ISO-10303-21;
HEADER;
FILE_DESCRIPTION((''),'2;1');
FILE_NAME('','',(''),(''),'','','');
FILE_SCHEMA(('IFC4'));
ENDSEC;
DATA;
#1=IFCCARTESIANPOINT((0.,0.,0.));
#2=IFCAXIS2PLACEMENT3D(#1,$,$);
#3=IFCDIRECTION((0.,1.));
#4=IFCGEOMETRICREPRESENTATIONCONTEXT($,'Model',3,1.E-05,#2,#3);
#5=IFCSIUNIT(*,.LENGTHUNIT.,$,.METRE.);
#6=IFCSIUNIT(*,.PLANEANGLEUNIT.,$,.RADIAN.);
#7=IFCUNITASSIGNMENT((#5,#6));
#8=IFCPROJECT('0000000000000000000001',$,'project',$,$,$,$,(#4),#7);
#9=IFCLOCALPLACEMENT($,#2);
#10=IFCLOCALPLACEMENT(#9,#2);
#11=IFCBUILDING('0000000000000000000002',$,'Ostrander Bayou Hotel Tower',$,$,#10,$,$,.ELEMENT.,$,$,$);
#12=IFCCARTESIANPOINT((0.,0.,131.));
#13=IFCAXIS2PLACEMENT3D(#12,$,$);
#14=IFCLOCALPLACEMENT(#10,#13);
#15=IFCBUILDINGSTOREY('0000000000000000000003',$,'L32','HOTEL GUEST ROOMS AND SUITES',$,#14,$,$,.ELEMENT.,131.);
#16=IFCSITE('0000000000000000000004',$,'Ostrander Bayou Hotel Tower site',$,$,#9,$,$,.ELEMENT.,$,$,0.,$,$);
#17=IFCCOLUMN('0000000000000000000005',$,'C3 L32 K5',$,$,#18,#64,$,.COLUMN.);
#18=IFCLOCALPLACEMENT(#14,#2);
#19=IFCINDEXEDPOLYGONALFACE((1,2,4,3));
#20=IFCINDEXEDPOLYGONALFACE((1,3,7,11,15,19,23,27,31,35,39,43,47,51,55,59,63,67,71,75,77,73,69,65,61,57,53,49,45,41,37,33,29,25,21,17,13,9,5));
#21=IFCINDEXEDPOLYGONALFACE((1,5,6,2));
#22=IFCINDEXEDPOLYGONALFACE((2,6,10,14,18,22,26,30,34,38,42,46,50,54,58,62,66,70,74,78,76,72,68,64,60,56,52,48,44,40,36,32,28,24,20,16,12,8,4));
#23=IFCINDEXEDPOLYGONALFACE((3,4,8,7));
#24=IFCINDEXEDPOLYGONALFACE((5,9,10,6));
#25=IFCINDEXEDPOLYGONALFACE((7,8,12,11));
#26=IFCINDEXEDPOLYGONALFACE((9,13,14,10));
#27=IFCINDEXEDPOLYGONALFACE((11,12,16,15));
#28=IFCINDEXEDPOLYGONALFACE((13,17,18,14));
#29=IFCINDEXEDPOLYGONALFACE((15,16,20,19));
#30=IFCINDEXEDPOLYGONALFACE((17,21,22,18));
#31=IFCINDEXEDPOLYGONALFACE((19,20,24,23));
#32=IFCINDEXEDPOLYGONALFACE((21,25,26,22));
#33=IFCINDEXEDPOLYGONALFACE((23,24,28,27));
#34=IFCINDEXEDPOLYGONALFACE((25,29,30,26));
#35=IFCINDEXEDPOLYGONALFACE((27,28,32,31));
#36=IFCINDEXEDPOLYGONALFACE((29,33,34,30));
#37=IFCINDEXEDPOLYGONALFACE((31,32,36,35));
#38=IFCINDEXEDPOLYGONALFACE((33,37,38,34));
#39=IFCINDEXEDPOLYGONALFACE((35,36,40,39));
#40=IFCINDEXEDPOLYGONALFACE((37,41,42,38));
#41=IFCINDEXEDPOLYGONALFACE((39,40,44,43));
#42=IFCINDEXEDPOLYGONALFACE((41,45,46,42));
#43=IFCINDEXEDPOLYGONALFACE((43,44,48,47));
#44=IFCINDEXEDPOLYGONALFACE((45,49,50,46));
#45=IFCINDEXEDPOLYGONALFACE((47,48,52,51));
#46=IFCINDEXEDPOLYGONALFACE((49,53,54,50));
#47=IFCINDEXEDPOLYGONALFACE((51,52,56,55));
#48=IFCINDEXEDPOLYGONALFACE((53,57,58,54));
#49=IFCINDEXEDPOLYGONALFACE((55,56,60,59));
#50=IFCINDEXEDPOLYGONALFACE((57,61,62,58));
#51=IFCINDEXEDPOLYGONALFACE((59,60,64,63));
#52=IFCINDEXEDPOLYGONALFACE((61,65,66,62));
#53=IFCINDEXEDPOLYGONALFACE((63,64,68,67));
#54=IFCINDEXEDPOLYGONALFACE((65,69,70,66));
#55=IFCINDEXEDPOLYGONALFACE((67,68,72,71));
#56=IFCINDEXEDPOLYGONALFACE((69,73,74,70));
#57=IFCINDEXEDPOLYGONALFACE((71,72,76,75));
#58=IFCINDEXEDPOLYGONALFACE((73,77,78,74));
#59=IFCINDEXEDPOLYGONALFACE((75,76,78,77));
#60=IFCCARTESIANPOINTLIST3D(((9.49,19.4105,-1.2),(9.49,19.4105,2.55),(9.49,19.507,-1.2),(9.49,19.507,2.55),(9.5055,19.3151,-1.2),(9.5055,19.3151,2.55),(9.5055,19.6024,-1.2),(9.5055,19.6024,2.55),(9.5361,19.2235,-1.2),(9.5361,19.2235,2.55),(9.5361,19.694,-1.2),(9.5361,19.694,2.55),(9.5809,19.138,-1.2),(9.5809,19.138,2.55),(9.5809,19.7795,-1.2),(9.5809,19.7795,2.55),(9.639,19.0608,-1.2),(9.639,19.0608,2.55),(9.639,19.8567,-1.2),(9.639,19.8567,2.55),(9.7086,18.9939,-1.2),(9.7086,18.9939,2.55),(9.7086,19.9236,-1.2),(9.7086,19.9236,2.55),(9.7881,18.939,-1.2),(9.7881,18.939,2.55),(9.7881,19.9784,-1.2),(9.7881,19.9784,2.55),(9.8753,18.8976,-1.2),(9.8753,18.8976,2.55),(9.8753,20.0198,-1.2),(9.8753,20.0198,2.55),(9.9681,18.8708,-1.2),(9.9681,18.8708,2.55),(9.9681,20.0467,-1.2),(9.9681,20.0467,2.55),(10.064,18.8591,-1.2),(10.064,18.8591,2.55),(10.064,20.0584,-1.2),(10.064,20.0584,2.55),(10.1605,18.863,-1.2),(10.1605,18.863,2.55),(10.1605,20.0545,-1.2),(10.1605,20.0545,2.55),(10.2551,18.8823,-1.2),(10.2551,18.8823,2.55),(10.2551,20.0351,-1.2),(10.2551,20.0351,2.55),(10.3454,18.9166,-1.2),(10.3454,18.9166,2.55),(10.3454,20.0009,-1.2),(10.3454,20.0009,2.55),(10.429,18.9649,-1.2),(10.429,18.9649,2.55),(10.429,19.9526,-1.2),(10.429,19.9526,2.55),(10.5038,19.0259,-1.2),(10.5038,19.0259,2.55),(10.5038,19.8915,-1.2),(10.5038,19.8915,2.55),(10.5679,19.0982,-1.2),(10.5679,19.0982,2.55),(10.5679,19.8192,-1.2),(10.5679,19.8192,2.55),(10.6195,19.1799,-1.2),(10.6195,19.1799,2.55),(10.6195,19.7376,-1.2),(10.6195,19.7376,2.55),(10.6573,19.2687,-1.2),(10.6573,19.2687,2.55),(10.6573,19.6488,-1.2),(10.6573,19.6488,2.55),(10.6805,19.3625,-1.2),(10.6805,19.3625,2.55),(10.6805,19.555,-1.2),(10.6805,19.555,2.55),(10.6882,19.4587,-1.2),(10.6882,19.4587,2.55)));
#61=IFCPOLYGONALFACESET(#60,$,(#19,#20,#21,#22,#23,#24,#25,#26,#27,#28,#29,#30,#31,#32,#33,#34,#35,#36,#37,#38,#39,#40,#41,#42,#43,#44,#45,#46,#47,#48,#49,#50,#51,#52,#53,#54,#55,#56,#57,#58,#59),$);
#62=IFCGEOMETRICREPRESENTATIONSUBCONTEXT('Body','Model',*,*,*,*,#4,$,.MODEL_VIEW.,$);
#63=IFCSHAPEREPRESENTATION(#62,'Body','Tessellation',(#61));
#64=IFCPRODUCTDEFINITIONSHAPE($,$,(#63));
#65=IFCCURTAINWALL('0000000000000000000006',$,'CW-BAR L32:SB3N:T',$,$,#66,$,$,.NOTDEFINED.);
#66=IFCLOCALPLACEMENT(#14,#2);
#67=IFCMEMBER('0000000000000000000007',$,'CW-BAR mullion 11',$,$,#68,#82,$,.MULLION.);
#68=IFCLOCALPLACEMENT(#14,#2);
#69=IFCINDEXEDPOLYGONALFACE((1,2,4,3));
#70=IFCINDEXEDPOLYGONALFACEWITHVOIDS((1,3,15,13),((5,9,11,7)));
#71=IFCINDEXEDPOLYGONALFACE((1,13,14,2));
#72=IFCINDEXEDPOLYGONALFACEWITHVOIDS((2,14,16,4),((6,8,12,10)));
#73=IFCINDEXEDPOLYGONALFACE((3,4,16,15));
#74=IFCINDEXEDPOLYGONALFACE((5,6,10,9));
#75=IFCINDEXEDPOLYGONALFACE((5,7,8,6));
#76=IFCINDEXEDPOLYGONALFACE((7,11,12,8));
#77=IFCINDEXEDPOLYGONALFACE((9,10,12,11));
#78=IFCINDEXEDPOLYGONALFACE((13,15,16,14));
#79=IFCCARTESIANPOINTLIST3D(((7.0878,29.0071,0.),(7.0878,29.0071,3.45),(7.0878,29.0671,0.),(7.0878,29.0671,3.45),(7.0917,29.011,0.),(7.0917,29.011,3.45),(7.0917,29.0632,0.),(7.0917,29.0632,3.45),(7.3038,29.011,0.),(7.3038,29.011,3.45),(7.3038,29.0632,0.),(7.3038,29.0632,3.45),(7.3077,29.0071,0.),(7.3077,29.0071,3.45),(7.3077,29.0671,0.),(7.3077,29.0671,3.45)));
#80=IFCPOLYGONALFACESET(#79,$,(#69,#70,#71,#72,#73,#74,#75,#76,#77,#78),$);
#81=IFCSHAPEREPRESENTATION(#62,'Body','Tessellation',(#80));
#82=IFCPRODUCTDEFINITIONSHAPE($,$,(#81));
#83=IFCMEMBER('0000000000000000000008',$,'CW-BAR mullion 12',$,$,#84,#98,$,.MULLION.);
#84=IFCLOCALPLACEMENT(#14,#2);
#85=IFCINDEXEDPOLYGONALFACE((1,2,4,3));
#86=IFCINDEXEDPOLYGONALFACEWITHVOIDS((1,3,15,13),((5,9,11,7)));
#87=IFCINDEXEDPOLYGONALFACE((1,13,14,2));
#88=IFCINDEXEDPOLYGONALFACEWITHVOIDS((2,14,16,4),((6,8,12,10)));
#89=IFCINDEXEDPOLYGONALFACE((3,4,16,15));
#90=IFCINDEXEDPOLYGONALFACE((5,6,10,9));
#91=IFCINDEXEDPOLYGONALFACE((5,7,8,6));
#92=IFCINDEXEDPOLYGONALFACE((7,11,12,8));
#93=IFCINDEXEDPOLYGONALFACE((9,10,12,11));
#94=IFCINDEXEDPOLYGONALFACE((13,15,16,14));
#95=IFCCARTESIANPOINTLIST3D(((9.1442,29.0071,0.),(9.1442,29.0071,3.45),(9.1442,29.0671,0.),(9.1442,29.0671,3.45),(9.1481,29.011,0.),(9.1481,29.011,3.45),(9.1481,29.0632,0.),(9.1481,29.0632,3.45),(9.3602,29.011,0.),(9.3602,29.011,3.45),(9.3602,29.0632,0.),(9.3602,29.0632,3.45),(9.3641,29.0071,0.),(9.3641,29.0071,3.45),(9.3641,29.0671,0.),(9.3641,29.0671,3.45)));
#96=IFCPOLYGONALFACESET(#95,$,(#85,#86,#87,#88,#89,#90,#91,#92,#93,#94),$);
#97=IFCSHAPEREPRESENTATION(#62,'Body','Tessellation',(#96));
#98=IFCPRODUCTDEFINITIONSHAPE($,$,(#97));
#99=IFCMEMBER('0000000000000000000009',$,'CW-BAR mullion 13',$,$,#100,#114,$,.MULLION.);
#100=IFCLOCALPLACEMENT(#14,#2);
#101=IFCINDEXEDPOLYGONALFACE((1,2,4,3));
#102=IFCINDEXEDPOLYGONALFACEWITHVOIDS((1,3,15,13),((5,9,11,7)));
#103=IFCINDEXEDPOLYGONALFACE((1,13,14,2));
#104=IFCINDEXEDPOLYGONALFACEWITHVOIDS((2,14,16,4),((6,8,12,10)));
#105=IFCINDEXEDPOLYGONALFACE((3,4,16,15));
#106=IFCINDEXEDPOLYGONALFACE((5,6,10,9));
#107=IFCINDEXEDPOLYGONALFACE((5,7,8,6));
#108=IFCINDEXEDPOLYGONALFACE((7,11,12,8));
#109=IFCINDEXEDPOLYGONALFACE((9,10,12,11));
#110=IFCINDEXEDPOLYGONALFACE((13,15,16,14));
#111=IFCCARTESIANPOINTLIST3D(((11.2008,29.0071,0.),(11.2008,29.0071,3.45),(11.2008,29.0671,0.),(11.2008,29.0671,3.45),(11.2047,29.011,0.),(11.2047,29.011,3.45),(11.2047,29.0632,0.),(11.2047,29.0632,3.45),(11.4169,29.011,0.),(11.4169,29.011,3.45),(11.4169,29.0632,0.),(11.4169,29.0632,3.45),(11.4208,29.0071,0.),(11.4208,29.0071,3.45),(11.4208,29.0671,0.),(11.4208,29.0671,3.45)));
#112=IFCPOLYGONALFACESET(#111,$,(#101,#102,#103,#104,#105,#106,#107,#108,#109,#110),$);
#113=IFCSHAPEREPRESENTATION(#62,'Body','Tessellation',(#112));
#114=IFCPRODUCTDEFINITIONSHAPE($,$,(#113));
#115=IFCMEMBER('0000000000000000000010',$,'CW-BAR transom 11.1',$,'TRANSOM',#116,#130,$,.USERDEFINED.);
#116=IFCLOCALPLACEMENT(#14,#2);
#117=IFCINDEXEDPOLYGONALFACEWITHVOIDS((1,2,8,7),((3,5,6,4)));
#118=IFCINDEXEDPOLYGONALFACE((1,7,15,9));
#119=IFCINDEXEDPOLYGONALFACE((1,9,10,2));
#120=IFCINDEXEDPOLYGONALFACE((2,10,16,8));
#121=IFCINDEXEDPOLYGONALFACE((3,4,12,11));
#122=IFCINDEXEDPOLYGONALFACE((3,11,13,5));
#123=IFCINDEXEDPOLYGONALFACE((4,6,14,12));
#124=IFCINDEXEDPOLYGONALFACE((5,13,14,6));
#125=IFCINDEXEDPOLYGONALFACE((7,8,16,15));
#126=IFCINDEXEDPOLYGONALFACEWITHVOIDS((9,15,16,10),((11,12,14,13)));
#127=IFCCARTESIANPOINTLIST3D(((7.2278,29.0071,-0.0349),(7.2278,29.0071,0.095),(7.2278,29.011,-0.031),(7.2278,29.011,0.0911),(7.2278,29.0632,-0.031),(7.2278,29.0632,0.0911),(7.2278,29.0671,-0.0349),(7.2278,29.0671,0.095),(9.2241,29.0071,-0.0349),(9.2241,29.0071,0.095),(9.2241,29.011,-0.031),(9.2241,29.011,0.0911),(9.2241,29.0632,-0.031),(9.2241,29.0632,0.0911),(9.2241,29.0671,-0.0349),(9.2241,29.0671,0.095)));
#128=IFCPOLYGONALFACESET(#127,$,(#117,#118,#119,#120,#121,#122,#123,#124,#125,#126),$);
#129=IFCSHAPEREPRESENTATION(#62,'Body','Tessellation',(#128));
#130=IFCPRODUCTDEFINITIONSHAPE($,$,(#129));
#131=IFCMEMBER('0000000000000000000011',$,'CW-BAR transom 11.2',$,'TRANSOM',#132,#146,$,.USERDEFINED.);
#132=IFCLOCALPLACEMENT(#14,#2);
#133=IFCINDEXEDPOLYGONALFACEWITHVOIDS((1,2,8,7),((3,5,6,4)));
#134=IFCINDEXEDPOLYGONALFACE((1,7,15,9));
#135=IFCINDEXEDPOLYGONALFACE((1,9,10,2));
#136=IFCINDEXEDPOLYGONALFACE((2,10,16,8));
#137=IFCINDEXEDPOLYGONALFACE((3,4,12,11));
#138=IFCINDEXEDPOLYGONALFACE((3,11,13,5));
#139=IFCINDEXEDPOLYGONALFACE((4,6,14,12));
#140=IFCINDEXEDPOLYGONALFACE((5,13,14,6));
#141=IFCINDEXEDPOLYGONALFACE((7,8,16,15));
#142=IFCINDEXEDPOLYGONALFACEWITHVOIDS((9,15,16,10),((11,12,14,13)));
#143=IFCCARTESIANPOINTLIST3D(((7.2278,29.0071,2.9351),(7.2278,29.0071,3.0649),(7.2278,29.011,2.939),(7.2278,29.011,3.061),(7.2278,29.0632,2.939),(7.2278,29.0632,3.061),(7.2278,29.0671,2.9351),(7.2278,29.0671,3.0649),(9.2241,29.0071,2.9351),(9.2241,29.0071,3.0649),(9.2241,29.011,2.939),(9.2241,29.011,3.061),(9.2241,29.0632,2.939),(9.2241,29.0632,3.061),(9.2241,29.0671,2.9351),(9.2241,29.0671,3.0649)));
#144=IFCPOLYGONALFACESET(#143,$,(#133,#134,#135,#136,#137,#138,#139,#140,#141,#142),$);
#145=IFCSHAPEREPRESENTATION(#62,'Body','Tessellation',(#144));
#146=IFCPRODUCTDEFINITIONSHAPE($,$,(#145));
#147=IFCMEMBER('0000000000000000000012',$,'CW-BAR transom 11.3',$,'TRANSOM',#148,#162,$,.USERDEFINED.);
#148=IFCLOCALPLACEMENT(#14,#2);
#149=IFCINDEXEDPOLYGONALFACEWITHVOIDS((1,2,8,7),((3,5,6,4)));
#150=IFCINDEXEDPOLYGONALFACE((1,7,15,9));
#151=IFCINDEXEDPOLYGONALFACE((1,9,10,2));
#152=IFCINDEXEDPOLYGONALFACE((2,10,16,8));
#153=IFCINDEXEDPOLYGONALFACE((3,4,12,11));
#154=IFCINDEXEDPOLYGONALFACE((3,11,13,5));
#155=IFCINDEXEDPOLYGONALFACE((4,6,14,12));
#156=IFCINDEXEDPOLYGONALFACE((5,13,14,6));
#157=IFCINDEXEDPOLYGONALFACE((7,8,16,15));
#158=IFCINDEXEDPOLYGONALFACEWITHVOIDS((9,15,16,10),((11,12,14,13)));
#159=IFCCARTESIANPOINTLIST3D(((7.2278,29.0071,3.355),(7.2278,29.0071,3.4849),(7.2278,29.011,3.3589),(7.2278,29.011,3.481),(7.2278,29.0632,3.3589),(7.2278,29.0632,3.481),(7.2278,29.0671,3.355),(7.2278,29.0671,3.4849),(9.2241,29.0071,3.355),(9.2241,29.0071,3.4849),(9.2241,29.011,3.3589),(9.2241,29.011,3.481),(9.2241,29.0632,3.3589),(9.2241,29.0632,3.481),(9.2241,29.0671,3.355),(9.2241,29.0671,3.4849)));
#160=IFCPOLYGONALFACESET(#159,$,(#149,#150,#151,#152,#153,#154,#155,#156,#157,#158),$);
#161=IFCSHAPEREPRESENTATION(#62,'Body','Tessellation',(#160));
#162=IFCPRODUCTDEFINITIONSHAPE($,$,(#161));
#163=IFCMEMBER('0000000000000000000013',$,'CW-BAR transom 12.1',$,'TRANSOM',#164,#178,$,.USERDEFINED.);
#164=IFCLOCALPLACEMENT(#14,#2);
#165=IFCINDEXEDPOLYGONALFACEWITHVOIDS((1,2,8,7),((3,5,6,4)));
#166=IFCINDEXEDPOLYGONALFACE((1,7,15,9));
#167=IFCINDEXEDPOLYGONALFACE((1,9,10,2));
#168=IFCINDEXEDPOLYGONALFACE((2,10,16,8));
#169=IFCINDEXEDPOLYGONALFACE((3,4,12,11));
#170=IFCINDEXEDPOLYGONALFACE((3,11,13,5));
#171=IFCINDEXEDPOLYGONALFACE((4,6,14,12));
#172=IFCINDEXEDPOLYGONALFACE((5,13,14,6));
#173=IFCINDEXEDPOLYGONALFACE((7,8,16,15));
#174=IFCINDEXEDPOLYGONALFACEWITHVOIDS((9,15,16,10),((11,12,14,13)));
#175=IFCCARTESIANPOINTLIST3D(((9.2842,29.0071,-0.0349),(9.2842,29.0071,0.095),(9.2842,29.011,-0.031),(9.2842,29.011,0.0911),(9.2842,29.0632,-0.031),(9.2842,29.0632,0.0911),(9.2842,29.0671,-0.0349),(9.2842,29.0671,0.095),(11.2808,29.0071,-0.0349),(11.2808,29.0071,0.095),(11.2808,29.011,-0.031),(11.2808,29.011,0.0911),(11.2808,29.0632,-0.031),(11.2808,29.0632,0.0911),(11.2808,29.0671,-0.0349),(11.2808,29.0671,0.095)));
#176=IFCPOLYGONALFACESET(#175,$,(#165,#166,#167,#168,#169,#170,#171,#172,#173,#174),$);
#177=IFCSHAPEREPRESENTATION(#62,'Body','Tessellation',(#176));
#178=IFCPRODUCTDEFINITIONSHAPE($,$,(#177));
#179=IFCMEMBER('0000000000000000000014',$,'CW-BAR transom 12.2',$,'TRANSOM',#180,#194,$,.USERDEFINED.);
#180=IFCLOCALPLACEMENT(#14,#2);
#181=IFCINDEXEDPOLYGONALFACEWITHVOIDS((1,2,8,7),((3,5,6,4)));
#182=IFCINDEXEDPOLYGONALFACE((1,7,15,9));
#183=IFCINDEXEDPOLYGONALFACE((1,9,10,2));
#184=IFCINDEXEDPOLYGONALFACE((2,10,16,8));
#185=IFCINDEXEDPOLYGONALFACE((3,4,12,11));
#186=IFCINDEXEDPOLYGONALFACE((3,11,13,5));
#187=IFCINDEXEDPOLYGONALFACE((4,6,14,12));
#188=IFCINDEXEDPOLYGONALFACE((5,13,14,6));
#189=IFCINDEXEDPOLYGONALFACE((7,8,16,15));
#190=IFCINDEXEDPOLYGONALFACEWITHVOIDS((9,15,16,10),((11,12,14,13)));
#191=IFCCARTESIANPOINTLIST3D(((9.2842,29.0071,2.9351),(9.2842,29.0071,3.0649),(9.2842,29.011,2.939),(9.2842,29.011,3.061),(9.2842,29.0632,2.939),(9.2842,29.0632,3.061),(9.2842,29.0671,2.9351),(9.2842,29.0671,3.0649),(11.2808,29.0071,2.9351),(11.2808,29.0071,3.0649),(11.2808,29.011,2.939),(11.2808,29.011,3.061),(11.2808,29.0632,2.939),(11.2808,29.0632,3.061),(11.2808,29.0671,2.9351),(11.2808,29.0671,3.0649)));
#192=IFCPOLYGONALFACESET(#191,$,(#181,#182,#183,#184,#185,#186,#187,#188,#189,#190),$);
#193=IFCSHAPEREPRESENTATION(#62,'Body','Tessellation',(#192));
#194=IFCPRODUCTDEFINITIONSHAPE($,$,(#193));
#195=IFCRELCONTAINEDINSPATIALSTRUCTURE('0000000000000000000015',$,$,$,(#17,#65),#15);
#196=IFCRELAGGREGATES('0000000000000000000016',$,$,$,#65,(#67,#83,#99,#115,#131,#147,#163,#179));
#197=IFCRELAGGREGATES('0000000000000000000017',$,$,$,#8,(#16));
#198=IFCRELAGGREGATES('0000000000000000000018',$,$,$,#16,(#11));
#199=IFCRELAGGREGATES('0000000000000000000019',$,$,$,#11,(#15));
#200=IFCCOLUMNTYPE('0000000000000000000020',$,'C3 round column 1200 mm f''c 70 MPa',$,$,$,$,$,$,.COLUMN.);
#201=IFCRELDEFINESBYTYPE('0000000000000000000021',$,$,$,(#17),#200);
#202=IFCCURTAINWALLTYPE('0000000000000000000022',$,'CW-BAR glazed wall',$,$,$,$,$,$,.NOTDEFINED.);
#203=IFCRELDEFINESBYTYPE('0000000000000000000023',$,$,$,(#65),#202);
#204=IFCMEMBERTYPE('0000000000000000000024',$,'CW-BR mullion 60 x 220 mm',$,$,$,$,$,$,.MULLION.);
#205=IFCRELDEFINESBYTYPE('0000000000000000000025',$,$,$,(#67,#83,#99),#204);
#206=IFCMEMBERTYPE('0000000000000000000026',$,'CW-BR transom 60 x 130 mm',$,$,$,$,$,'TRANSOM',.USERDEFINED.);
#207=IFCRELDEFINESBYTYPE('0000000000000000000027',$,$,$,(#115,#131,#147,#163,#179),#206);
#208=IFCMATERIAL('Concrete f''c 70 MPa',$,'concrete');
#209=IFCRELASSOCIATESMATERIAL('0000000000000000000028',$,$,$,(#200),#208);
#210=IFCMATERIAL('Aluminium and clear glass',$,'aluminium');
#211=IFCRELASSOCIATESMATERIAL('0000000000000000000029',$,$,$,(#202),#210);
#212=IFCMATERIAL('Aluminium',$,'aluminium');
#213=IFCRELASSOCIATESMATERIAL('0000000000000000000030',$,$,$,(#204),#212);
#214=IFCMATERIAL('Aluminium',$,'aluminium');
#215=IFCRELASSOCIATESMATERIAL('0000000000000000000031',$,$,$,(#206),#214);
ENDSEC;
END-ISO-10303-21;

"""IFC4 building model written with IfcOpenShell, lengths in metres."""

from ifc_helpers import new_model, si_unit, direction, frame, origin, origin_2d, place, context, subcontext, project, spatial, hollow_rectangle, circle, extrude, material, material_profile, profile_set, type_object, element, aggregate, save


model = new_model("IFC4")

# Units and contexts
model_context = context("Model", 3, precision=1e-05, world=origin(), true_north=direction((0.0, 1.0)))
body_context = subcontext(model_context, "Body", "Model", "MODEL_VIEW")
ifc_project = project(units=[si_unit("LENGTHUNIT", "METRE"), si_unit("PLANEANGLEUNIT", "RADIAN")], contexts=[model_context])

# Site, building, storey
site_placement = place(None, origin())
site = spatial("IfcSite", under=ifc_project, at=site_placement, Name="Ostrander Bayou Hotel Tower site", CompositionType="ELEMENT", RefElevation=0.0)
building_placement = place(site_placement, origin())
building = spatial("IfcBuilding", under=site, at=building_placement, Name="Ostrander Bayou Hotel Tower", CompositionType="ELEMENT")
storey_placement = place(building_placement, frame((0.0, 0.0, 131.0)))
storey = spatial("IfcBuildingStorey", under=building, at=storey_placement, Name="L32", Description="HOTEL GUEST ROOMS AND SUITES", CompositionType="ELEMENT", Elevation=131.0)

# Column
ifc_material_1 = material(Name="Concrete f'c 70 MPa", Category="concrete")
ifc_material_profile_1 = material_profile(ifc_material_1, circle(Radius=0.6001, at=origin_2d()))
ifc_profile_set_1 = profile_set([ifc_material_profile_1], Name="Concrete f'c 70 MPa")
column_type = type_object("IfcColumnType", Name="C3 round column 1200 mm f'c 70 MPa", PredefinedType="COLUMN", material=ifc_profile_set_1)
column_placement = place(storey_placement, frame((10.0881, 19.4587, -1.2), z_axis=(0.0, 0.0, 1.0), x_axis=(1.0, 0.0, 0.0)))
element("IfcColumn", 1, at=column_placement, inside=storey, type_object=column_type, Name="C3 L32 K5", PredefinedType="COLUMN", context=body_context, shape_type="SweptSolid", body=[
    extrude(circle(Radius=0.6001, at=origin_2d()), origin(), (0.0, 0.0, 1.0), 3.75),
])

# Curtain wall, members
ifc_material_2 = material(Name="Aluminium and clear glass", Category="aluminium")
curtain_wall_type = type_object("IfcCurtainWallType", Name="CW-BAR glazed wall", PredefinedType="NOTDEFINED", material=ifc_material_2)
curtain_wall_placement = place(storey_placement, origin())
curtain_wall = element("IfcCurtainWall", 2, at=curtain_wall_placement, inside=storey, type_object=curtain_wall_type, Name="CW-BAR L32:SB3N:T", PredefinedType="NOTDEFINED")
ifc_material_3 = material(Name="Aluminium", Category="aluminium")
ifc_material_profile_2 = material_profile(ifc_material_3, hollow_rectangle(XDim=0.0601, YDim=0.22, WallThickness=0.0039, at=origin_2d()))
ifc_profile_set_2 = profile_set([ifc_material_profile_2], Name="Aluminium")
member_type_1 = type_object("IfcMemberType", Name="CW-BR mullion 60 x 220 mm", PredefinedType="MULLION", material=ifc_profile_set_2)
member_1_placement = place(storey_placement, frame((7.1978, 29.0371, 0.0), z_axis=(0.0, 0.0, 1.0), x_axis=(0.0, 1.0, 0.0)))
member_1 = element("IfcMember", 3, at=member_1_placement, type_object=member_type_1, Name="CW-BAR mullion 11", PredefinedType="MULLION", context=body_context, shape_type="SweptSolid", body=[
    extrude(hollow_rectangle(XDim=0.0601, YDim=0.22, WallThickness=0.0039, at=origin_2d()), origin(), (0.0, 0.0, 1.0), 3.45),
])
member_2_placement = place(storey_placement, frame((9.2542, 29.0371, 0.0), z_axis=(0.0, 0.0, 1.0), x_axis=(0.0, 1.0, 0.0)))
member_2 = element("IfcMember", 4, at=member_2_placement, type_object=member_type_1, Name="CW-BAR mullion 12", PredefinedType="MULLION", context=body_context, shape_type="SweptSolid", body=[
    extrude(hollow_rectangle(XDim=0.0601, YDim=0.22, WallThickness=0.0039, at=origin_2d()), origin(), (0.0, 0.0, 1.0), 3.45),
])
member_3_placement = place(storey_placement, frame((11.3108, 29.0371, 0.0), z_axis=(0.0, 0.0, 1.0), x_axis=(0.0, 1.0, 0.0)))
member_3 = element("IfcMember", 5, at=member_3_placement, type_object=member_type_1, Name="CW-BAR mullion 13", PredefinedType="MULLION", context=body_context, shape_type="SweptSolid", body=[
    extrude(hollow_rectangle(XDim=0.0601, YDim=0.22, WallThickness=0.0039, at=origin_2d()), origin(), (0.0, 0.0, 1.0), 3.45),
])
ifc_material_4 = material(Name="Aluminium", Category="aluminium")
ifc_material_profile_3 = material_profile(ifc_material_4, hollow_rectangle(XDim=0.0601, YDim=0.1299, WallThickness=0.0039, at=origin_2d()))
ifc_profile_set_3 = profile_set([ifc_material_profile_3], Name="Aluminium")
member_type_2 = type_object("IfcMemberType", Name="CW-BR transom 60 x 130 mm", ElementType="TRANSOM", PredefinedType="USERDEFINED", material=ifc_profile_set_3)
member_4_placement = place(storey_placement, frame((7.2278, 29.0371, 0.03), z_axis=(1.0, 0.0, 0.0), x_axis=(0.0, 1.0, 0.0)))
member_4 = element("IfcMember", 6, at=member_4_placement, type_object=member_type_2, Name="CW-BAR transom 11.1", ObjectType="TRANSOM", PredefinedType="USERDEFINED", context=body_context, shape_type="SweptSolid", body=[
    extrude(hollow_rectangle(XDim=0.0601, YDim=0.1299, WallThickness=0.0039, at=origin_2d()), origin(), (0.0, 0.0, 1.0), 1.9963),
])
member_5_placement = place(storey_placement, frame((7.2278, 29.0371, 3.0), z_axis=(1.0, 0.0, 0.0), x_axis=(0.0, 1.0, 0.0)))
member_5 = element("IfcMember", 7, at=member_5_placement, type_object=member_type_2, Name="CW-BAR transom 11.2", ObjectType="TRANSOM", PredefinedType="USERDEFINED", context=body_context, shape_type="SweptSolid", body=[
    extrude(hollow_rectangle(XDim=0.0601, YDim=0.1299, WallThickness=0.0039, at=origin_2d()), origin(), (0.0, 0.0, 1.0), 1.9963),
])
member_6_placement = place(storey_placement, frame((7.2278, 29.0371, 3.4199), z_axis=(1.0, 0.0, 0.0), x_axis=(0.0, 1.0, 0.0)))
member_6 = element("IfcMember", 8, at=member_6_placement, type_object=member_type_2, Name="CW-BAR transom 11.3", ObjectType="TRANSOM", PredefinedType="USERDEFINED", context=body_context, shape_type="SweptSolid", body=[
    extrude(hollow_rectangle(XDim=0.0601, YDim=0.1299, WallThickness=0.0039, at=origin_2d()), origin(), (0.0, 0.0, 1.0), 1.9963),
])
member_7_placement = place(storey_placement, frame((9.2842, 29.0371, 0.03), z_axis=(1.0, 0.0, 0.0), x_axis=(0.0, 1.0, 0.0)))
member_7 = element("IfcMember", 9, at=member_7_placement, type_object=member_type_2, Name="CW-BAR transom 12.1", ObjectType="TRANSOM", PredefinedType="USERDEFINED", context=body_context, shape_type="SweptSolid", body=[
    extrude(hollow_rectangle(XDim=0.0601, YDim=0.1299, WallThickness=0.0039, at=origin_2d()), origin(), (0.0, 0.0, 1.0), 1.9966),
])
member_8_placement = place(storey_placement, frame((9.2842, 29.0371, 3.0), z_axis=(1.0, 0.0, 0.0), x_axis=(0.0, 1.0, 0.0)))
member_8 = element("IfcMember", 10, at=member_8_placement, type_object=member_type_2, Name="CW-BAR transom 12.2", ObjectType="TRANSOM", PredefinedType="USERDEFINED", context=body_context, shape_type="SweptSolid", body=[
    extrude(hollow_rectangle(XDim=0.0601, YDim=0.1299, WallThickness=0.0039, at=origin_2d()), origin(), (0.0, 0.0, 1.0), 1.9966),
])
aggregate(curtain_wall, [member_1, member_2, member_3, member_4, member_5, member_6, member_7, member_8])

save(model, "model.ifc")
